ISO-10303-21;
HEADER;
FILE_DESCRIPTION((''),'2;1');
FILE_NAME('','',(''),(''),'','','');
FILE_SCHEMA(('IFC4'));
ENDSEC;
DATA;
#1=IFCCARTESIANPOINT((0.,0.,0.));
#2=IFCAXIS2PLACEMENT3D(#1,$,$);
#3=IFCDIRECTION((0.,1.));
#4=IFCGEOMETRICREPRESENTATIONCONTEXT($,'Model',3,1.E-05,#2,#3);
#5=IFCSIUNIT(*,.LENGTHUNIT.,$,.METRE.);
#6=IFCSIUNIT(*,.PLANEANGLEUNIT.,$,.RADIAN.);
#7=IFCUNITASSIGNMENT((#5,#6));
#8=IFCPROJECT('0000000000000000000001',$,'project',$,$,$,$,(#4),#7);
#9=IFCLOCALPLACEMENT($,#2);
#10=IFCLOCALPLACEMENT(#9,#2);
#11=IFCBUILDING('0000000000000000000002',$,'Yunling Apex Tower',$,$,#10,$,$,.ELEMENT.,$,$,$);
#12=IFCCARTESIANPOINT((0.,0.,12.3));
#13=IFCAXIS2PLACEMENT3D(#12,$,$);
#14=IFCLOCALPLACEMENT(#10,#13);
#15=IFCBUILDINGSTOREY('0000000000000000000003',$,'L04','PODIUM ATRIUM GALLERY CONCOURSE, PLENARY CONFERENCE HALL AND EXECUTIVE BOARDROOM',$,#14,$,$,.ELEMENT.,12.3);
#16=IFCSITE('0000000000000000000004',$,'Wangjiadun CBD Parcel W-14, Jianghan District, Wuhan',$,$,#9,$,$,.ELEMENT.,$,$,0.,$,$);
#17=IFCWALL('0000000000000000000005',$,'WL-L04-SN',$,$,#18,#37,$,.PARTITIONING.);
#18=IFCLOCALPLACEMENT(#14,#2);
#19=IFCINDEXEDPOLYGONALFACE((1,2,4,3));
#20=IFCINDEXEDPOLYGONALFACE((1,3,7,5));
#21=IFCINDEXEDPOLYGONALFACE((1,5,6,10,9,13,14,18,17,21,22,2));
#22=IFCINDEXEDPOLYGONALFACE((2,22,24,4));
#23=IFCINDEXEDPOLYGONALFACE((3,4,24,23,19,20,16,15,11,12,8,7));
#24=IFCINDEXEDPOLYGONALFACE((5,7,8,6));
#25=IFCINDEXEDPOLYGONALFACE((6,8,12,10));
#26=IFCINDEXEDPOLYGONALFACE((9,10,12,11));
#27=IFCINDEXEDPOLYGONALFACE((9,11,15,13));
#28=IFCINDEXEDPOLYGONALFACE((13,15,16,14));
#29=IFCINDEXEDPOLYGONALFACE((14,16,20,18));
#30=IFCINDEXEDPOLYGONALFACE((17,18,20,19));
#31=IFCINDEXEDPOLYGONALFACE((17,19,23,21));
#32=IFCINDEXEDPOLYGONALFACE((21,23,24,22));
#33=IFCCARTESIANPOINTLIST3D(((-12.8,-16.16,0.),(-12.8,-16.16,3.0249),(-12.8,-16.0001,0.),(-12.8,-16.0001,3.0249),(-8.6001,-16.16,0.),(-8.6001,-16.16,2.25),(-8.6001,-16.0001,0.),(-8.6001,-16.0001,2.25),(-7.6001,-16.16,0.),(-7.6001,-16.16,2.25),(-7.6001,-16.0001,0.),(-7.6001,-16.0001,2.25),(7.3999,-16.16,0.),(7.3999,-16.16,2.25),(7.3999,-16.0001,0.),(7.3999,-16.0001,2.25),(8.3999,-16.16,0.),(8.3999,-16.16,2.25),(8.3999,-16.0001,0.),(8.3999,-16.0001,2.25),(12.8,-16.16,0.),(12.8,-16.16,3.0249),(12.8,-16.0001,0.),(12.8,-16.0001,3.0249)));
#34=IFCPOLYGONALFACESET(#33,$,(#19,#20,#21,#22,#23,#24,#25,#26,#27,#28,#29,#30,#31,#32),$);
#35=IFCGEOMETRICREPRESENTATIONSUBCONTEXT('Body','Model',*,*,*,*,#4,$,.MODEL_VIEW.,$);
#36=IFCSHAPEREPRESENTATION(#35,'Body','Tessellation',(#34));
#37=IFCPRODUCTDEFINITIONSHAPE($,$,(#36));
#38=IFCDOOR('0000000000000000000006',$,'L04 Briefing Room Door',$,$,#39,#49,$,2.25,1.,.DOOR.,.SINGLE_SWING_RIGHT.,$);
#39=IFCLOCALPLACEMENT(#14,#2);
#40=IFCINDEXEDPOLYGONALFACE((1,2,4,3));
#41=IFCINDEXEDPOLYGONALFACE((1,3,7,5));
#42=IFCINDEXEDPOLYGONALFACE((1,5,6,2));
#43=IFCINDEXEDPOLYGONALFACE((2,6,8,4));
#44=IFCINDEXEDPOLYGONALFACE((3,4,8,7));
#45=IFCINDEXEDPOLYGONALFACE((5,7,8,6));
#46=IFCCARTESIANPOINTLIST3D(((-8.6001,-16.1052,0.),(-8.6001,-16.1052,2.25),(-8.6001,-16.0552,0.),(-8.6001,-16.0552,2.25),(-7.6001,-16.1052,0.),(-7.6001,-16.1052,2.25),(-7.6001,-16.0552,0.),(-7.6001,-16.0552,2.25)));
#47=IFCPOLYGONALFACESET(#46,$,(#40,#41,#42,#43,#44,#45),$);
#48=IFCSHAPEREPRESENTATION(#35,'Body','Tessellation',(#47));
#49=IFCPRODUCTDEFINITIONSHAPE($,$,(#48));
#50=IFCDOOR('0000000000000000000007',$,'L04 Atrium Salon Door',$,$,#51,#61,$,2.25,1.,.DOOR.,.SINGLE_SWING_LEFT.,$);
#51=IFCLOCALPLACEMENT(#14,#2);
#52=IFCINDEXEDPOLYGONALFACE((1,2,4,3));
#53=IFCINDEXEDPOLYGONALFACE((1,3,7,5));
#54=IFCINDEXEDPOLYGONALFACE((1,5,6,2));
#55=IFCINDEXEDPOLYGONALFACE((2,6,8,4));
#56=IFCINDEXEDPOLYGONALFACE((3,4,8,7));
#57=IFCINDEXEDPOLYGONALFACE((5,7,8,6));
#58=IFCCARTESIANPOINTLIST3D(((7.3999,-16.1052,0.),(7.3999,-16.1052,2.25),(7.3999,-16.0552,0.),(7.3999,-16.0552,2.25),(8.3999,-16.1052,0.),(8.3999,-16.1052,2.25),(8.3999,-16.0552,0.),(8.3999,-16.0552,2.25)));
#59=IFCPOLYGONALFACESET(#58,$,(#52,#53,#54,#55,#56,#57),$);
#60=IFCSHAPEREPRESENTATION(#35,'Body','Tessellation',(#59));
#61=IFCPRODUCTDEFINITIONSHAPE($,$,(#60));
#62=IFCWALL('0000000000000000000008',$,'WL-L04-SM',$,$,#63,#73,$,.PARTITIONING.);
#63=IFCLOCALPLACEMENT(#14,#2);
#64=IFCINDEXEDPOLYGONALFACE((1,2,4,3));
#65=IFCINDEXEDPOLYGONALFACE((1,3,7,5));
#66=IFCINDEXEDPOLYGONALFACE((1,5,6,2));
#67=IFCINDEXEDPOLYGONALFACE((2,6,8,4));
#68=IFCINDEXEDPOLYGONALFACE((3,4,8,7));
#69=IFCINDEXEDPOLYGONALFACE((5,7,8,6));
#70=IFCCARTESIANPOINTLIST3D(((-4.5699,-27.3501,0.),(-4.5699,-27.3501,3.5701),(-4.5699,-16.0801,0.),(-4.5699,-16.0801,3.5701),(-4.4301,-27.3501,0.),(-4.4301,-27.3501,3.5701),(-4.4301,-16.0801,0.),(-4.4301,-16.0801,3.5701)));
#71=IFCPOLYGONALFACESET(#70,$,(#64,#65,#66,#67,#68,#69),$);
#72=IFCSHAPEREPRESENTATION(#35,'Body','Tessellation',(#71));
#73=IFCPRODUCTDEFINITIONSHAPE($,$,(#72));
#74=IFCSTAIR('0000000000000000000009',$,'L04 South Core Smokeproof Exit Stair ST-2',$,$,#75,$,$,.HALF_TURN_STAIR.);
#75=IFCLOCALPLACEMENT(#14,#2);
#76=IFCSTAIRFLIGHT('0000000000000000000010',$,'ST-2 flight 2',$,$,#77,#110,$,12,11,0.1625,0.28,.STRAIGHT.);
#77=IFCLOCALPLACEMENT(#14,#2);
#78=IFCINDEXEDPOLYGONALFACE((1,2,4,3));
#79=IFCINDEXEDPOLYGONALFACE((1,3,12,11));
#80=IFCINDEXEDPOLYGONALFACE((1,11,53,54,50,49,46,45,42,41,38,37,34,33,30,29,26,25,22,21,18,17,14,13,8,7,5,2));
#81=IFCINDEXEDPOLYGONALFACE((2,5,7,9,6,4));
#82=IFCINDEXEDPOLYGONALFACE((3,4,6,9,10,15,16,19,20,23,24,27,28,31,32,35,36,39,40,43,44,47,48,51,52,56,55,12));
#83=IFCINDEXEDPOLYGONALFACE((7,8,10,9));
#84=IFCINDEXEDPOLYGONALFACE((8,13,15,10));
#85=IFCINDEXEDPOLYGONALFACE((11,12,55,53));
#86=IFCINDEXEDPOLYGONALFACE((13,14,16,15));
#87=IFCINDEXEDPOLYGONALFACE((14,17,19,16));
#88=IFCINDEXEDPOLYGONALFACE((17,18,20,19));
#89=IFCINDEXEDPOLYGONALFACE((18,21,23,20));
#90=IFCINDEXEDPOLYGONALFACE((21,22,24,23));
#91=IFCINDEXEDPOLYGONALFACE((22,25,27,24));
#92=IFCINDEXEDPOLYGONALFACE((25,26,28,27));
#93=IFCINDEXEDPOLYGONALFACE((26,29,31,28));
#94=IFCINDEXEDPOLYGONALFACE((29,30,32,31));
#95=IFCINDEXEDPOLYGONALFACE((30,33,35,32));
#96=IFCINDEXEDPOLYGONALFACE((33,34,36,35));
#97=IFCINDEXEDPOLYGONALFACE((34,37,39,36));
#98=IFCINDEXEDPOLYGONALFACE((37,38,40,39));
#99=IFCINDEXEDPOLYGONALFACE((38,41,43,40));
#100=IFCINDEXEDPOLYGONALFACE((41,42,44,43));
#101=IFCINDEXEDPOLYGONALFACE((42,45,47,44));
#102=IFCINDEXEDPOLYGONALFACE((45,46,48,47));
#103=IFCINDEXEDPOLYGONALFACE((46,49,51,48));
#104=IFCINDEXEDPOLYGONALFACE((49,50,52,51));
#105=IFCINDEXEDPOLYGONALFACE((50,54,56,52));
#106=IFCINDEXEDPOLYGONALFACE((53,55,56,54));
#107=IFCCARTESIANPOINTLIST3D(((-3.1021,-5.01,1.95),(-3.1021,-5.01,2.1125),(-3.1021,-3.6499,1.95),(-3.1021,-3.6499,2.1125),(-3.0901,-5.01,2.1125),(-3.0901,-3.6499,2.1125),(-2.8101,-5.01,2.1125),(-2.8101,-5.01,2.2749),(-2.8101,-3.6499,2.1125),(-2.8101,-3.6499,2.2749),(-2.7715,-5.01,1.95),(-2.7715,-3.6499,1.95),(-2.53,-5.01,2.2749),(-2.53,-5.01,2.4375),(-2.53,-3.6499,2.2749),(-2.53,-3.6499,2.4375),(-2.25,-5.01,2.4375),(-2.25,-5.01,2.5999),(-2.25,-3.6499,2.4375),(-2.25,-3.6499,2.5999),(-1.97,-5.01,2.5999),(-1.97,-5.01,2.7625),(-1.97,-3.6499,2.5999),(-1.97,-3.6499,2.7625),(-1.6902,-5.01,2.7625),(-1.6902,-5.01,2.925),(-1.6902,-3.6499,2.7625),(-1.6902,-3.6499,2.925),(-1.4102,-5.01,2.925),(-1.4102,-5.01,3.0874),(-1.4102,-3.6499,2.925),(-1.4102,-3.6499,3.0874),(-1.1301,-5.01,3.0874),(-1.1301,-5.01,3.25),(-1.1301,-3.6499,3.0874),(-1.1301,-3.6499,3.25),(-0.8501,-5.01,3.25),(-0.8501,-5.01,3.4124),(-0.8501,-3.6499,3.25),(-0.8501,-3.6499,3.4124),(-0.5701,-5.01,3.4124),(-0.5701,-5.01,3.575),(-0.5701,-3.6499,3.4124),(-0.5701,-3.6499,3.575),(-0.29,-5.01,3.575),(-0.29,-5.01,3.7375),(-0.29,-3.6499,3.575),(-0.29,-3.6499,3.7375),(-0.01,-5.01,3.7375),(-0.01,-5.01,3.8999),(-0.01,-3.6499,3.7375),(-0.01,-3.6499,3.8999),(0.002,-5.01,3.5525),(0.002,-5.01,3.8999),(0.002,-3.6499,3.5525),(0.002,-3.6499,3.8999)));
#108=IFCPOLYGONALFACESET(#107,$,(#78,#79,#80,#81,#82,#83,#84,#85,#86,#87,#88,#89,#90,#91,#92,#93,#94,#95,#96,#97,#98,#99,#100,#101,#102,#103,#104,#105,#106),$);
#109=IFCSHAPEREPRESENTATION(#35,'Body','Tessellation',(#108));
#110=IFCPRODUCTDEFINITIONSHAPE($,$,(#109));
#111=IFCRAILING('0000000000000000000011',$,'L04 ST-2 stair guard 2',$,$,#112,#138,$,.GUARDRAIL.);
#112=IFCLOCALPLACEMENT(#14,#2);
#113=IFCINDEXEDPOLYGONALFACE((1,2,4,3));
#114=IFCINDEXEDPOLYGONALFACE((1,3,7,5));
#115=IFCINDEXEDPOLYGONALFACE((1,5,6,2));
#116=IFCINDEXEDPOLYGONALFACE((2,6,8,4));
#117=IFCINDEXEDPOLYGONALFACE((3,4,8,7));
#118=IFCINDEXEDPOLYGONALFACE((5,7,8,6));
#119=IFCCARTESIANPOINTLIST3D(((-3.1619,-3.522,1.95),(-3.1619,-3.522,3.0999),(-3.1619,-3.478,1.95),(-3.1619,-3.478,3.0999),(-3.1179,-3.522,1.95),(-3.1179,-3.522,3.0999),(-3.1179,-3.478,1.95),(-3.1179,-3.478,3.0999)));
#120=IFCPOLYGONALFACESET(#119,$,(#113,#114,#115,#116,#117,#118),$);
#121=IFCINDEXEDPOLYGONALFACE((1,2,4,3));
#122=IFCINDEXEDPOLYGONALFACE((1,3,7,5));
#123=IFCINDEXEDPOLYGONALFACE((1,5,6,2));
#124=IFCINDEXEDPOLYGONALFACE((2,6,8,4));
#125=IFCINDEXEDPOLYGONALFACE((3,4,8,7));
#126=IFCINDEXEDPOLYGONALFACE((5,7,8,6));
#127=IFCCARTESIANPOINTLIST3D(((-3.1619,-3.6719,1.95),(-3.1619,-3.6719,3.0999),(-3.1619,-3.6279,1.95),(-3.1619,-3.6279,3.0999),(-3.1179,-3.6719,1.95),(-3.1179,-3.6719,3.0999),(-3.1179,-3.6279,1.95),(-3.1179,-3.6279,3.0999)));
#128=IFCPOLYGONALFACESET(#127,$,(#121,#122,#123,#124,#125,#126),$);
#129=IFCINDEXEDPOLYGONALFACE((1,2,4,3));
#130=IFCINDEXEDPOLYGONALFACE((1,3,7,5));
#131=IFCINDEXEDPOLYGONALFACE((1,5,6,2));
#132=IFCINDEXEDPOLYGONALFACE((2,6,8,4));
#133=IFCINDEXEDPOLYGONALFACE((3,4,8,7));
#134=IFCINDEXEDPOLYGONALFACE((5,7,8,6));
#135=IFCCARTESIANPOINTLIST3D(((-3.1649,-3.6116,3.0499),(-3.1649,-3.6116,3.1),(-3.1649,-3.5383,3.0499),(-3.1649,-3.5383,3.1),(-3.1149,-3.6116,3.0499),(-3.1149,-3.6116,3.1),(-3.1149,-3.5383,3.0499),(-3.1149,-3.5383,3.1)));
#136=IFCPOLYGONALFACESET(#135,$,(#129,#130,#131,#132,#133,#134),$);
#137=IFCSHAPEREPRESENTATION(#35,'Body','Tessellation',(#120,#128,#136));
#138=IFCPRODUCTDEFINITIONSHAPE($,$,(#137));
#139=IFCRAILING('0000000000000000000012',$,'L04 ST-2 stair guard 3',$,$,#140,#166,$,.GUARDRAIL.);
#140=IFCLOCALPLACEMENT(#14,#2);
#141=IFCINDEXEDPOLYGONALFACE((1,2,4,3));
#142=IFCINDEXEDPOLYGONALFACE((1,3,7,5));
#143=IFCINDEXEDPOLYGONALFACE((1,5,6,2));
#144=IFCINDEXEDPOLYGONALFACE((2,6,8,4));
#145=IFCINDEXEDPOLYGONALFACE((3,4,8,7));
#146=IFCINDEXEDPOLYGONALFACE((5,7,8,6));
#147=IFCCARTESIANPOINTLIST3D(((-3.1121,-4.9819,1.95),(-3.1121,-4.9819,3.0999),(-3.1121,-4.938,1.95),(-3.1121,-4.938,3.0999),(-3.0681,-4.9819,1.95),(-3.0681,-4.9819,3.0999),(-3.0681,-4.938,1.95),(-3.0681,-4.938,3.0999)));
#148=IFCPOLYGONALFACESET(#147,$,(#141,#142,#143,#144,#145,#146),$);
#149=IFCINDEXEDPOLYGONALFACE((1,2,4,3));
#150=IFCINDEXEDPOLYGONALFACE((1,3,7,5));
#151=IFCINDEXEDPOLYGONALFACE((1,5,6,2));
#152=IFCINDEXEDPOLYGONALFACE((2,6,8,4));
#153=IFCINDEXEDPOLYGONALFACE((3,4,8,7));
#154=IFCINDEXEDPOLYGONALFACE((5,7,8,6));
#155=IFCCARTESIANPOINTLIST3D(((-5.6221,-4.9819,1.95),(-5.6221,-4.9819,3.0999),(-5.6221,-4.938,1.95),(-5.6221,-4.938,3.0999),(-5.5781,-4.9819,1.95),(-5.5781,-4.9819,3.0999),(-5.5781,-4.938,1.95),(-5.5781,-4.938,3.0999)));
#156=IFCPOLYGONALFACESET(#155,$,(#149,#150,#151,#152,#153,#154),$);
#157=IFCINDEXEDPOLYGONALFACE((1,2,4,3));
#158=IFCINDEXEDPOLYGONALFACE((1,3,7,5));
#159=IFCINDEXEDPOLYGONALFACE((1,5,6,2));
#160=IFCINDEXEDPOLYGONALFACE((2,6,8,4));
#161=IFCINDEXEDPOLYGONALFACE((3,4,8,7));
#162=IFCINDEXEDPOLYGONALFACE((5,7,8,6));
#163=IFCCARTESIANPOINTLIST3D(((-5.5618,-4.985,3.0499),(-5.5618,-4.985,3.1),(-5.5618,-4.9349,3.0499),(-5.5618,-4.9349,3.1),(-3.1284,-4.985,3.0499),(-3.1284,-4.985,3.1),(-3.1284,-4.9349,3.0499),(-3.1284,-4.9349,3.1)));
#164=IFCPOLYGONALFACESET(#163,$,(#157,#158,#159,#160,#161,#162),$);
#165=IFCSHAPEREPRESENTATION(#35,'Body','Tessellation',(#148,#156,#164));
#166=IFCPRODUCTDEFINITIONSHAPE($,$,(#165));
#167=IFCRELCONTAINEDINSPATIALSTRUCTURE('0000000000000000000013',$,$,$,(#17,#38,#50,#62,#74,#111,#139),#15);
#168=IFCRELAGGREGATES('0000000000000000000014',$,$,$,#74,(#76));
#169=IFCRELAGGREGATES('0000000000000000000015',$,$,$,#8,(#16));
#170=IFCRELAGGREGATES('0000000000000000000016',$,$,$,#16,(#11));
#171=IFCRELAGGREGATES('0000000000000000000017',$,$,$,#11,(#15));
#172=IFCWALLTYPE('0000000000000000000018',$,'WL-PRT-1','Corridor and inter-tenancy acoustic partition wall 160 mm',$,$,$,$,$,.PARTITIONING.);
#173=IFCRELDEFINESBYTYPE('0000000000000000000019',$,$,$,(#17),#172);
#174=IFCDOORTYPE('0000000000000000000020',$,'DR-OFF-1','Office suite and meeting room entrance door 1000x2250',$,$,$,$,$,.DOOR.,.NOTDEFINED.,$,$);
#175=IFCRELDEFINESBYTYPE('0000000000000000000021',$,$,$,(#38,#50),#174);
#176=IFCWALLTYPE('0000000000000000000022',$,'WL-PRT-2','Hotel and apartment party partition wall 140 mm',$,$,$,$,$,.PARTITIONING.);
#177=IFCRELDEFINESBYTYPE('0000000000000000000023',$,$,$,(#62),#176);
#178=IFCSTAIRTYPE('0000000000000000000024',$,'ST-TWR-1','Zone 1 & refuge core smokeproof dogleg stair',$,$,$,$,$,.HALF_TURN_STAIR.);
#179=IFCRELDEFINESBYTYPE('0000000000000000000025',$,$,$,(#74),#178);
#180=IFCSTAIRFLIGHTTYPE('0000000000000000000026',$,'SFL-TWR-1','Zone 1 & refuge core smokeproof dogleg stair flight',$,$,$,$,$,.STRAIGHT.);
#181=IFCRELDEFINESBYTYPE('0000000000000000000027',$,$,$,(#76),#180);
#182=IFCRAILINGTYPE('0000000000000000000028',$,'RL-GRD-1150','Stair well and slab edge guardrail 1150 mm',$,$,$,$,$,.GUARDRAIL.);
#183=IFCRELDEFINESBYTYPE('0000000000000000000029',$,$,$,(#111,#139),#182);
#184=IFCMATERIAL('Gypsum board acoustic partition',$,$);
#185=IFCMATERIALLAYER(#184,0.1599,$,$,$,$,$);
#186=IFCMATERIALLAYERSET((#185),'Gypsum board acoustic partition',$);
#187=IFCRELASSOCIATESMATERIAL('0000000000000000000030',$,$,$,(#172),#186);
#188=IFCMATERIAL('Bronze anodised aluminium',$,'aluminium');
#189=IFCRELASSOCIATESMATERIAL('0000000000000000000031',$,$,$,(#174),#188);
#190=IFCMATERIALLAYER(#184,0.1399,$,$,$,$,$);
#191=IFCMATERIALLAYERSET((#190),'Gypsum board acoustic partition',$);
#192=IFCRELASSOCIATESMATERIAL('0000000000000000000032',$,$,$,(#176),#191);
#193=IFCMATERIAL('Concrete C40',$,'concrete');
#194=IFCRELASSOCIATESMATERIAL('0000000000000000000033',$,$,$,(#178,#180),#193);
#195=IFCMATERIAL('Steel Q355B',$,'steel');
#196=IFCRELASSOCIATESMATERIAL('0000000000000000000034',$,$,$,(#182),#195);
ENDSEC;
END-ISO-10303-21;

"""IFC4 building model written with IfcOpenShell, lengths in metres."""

from ifc_helpers import new_model, si_unit, direction, frame, frame_2d, origin, origin_2d, place, context, subcontext, project, spatial, polyline, rectangle, outline, extrude, material, layer, layer_set, type_object, element, fill, aggregate, save


model = new_model("IFC4")

# Units and contexts
model_context = context("Model", 3, precision=1e-05, world=origin(), true_north=direction((0.0, 1.0)))
body_context = subcontext(model_context, "Body", "Model", "MODEL_VIEW")
ifc_project = project(units=[si_unit("LENGTHUNIT", "METRE"), si_unit("PLANEANGLEUNIT", "RADIAN")], contexts=[model_context])

# Site, building, storey
site_placement = place(None, origin())
site = spatial("IfcSite", under=ifc_project, at=site_placement, Name="Wangjiadun CBD Parcel W-14, Jianghan District, Wuhan", CompositionType="ELEMENT", RefElevation=0.0)
building_placement = place(site_placement, origin())
building = spatial("IfcBuilding", under=site, at=building_placement, Name="Yunling Apex Tower", CompositionType="ELEMENT")
storey_placement = place(building_placement, frame((0.0, 0.0, 12.3)))
storey = spatial("IfcBuildingStorey", under=building, at=storey_placement, Name="L04", Description="PODIUM ATRIUM GALLERY CONCOURSE, PLENARY CONFERENCE HALL AND EXECUTIVE BOARDROOM", CompositionType="ELEMENT", Elevation=12.3)

# Shared definitions
ifc_material_1 = material(Name="Steel Q355B", Category="steel")

# Shared definitions
ifc_material_2 = material(Name="Concrete C40", Category="concrete")

# Shared definitions
ifc_material_3 = material(Name="Gypsum board acoustic partition")
ifc_layer_1 = layer(ifc_material_3, 0.1599)
ifc_layer_set_1 = layer_set([ifc_layer_1], Name="Gypsum board acoustic partition")
wall_type_1 = type_object("IfcWallType", Name="WL-PRT-1", Description="Corridor and inter-tenancy acoustic partition wall 160 mm", PredefinedType="PARTITIONING", material=ifc_layer_set_1)
ifc_material_4 = material(Name="Bronze anodised aluminium", Category="aluminium")
door_type_1 = type_object("IfcDoorType", Name="DR-OFF-1", Description="Office suite and meeting room entrance door 1000x2250", OperationType="NOTDEFINED", PredefinedType="DOOR", material=ifc_material_4)

# Wall, openings, doors
wall_1_placement = place(storey_placement, frame((-12.8, -16.0801, 0.0), z_axis=(0.0, 0.0, 1.0), x_axis=(1.0, 0.0, 0.0)))
wall_1 = element("IfcWall", 1, at=wall_1_placement, inside=storey, type_object=wall_type_1, Name="WL-L04-SN", PredefinedType="PARTITIONING", context=body_context, shape_type="SweptSolid", body=[
    extrude(rectangle(XDim=25.6001, YDim=0.1599, at=frame_2d((12.8, 0.0))), origin(), (0.0, 0.0, 1.0), 3.0249),
])
opening_1_placement = place(wall_1_placement, frame((4.2, 0.0, 0.0)))
opening_1 = element("IfcOpeningElement", 2, at=opening_1_placement, cuts=wall_1, PredefinedType="OPENING", context=body_context, shape_type="SweptSolid", body=[
    extrude(rectangle(XDim=1.0, YDim=2.25, at=frame_2d((0.5, 1.125))), frame((0.0, 0.0898, 0.0), z_axis=(0.0, -1.0, 0.0), x_axis=(1.0, 0.0, 0.0)), (0.0, 0.0, 1.0), 0.1799),
])
opening_2_placement = place(wall_1_placement, frame((20.2, 0.0, 0.0)))
opening_2 = element("IfcOpeningElement", 3, at=opening_2_placement, cuts=wall_1, PredefinedType="OPENING", context=body_context, shape_type="SweptSolid", body=[
    extrude(rectangle(XDim=1.0, YDim=2.25, at=frame_2d((0.5, 1.125))), frame((0.0, 0.0898, 0.0), z_axis=(0.0, -1.0, 0.0), x_axis=(1.0, 0.0, 0.0)), (0.0, 0.0, 1.0), 0.1799),
])
door_1_placement = place(opening_1_placement, origin())
door_1 = element("IfcDoor", 4, at=door_1_placement, inside=storey, type_object=door_type_1, Name="L04 Briefing Room Door", OperationType="SINGLE_SWING_RIGHT", OverallHeight=2.25, OverallWidth=1.0, PredefinedType="DOOR", context=body_context, shape_type="SweptSolid", body=[
    extrude(rectangle(XDim=1.0, YDim=2.25, at=frame_2d((0.5, 1.125))), frame((0.0, 0.0249, 0.0), z_axis=(0.0, -1.0, 0.0), x_axis=(1.0, 0.0, 0.0)), (0.0, 0.0, 1.0), 0.05),
])
fill(opening_1, door_1)
door_2_placement = place(opening_2_placement, origin())
door_2 = element("IfcDoor", 5, at=door_2_placement, inside=storey, type_object=door_type_1, Name="L04 Atrium Salon Door", OperationType="SINGLE_SWING_LEFT", OverallHeight=2.25, OverallWidth=1.0, PredefinedType="DOOR", context=body_context, shape_type="SweptSolid", body=[
    extrude(rectangle(XDim=1.0, YDim=2.25, at=frame_2d((0.5, 1.125))), frame((0.0, 0.0249, 0.0), z_axis=(0.0, -1.0, 0.0), x_axis=(1.0, 0.0, 0.0)), (0.0, 0.0, 1.0), 0.05),
])
fill(opening_2, door_2)

# Wall
ifc_layer_2 = layer(ifc_material_3, 0.1399)
ifc_layer_set_2 = layer_set([ifc_layer_2], Name="Gypsum board acoustic partition")
wall_type_2 = type_object("IfcWallType", Name="WL-PRT-2", Description="Hotel and apartment party partition wall 140 mm", PredefinedType="PARTITIONING", material=ifc_layer_set_2)
wall_2_placement = place(storey_placement, frame((-4.5, -27.3501, 0.0), z_axis=(0.0, 0.0, 1.0), x_axis=(0.0, 1.0, 0.0)))
element("IfcWall", 6, at=wall_2_placement, inside=storey, type_object=wall_type_2, Name="WL-L04-SM", PredefinedType="PARTITIONING", context=body_context, shape_type="SweptSolid", body=[
    extrude(rectangle(XDim=11.27, YDim=0.1399, at=frame_2d((5.635, 0.0))), origin(), (0.0, 0.0, 1.0), 3.5701),
])

# Stair, stair flight
stair_type = type_object("IfcStairType", Name="ST-TWR-1", Description="Zone 1 & refuge core smokeproof dogleg stair", PredefinedType="HALF_TURN_STAIR", material=ifc_material_2)
stair_placement = place(storey_placement, origin())
stair = element("IfcStair", 7, at=stair_placement, inside=storey, type_object=stair_type, Name="L04 South Core Smokeproof Exit Stair ST-2", PredefinedType="HALF_TURN_STAIR")
stair_flight_type = type_object("IfcStairFlightType", Name="SFL-TWR-1", Description="Zone 1 & refuge core smokeproof dogleg stair flight", PredefinedType="STRAIGHT", material=ifc_material_2)
stair_flight_placement = place(storey_placement, frame((-3.0901, -4.3301, 1.95), z_axis=(0.0, 0.0, 1.0), x_axis=(1.0, 0.0, 0.0)))
stair_flight = element("IfcStairFlight", 8, at=stair_flight_placement, type_object=stair_flight_type, Name="ST-2 flight 2", NumberOfRisers=12, NumberOfTreads=11, PredefinedType="STRAIGHT", RiserHeight=0.1625, TreadLength=0.28, context=body_context, shape_type="SweptSolid", body=[
    extrude(outline(polyline([(-0.012, 0.0), (-0.012, 0.1626), (0.0, 0.1626), (0.28, 0.1626), (0.28, 0.325), (0.5601, 0.325), (0.5601, 0.4875), (0.8401, 0.4875), (0.8401, 0.6499), (1.1201, 0.6499), (1.1201, 0.8125), (1.3999, 0.8125), (1.3999, 0.9751), (1.6799, 0.9751), (1.6799, 1.1375), (1.96, 1.1375), (1.96, 1.3), (2.24, 1.3), (2.24, 1.4624), (2.52, 1.4624), (2.52, 1.625), (2.8, 1.625), (2.8, 1.7876), (3.0801, 1.7876), (3.0801, 1.95), (3.092, 1.95), (3.092, 1.6025), (0.3186, 0.0), (-0.012, 0.0)])), frame((0.0, 0.6802, 0.0), z_axis=(0.0, -1.0, 0.0), x_axis=(1.0, 0.0, 0.0)), (0.0, 0.0, 1.0), 1.3601),
])
aggregate(stair, [stair_flight])

# Railings
railing_type_1 = type_object("IfcRailingType", Name="RL-GRD-1150", Description="Stair well and slab edge guardrail 1150 mm", PredefinedType="GUARDRAIL", material=ifc_material_1)
railing_1_placement = place(storey_placement, frame((-3.1399, -3.5, 1.95)))
element("IfcRailing", 9, at=railing_1_placement, inside=storey, type_object=railing_type_1, Name="L04 ST-2 stair guard 2", PredefinedType="GUARDRAIL", context=body_context, shape_type="SweptSolid", body=[
    extrude(rectangle(XDim=0.0439, YDim=0.0439, at=origin_2d()), origin(), (0.0, 0.0, 1.0), 1.1499),
    extrude(rectangle(XDim=0.0439, YDim=0.0439, at=origin_2d()), frame((0.0, -0.1499, 0.0)), (0.0, 0.0, 1.0), 1.1499),
    extrude(rectangle(XDim=0.05, YDim=0.05, at=origin_2d()), frame((0.0, -0.0383, 1.125), z_axis=(0.0, -1.0, 0.0), x_axis=(1.0, 0.0, 0.0)), (0.0, 0.0, 1.0), 0.0732),
])
railing_2_placement = place(storey_placement, frame((-3.0901, -4.96, 1.95)))
element("IfcRailing", 10, at=railing_2_placement, inside=storey, type_object=railing_type_1, Name="L04 ST-2 stair guard 3", PredefinedType="GUARDRAIL", context=body_context, shape_type="SweptSolid", body=[
    extrude(rectangle(XDim=0.0439, YDim=0.0439, at=origin_2d()), origin(), (0.0, 0.0, 1.0), 1.1499),
    extrude(rectangle(XDim=0.0439, YDim=0.0439, at=origin_2d()), frame((-2.51, 0.0, 0.0)), (0.0, 0.0, 1.0), 1.1499),
    extrude(rectangle(XDim=0.05, YDim=0.05, at=origin_2d()), frame((-0.0383, 0.0, 1.125), z_axis=(-1.0, 0.0, 0.0), x_axis=(0.0, -1.0, 0.0)), (0.0, 0.0, 1.0), 2.4333),
])

save(model, "model.ifc")
